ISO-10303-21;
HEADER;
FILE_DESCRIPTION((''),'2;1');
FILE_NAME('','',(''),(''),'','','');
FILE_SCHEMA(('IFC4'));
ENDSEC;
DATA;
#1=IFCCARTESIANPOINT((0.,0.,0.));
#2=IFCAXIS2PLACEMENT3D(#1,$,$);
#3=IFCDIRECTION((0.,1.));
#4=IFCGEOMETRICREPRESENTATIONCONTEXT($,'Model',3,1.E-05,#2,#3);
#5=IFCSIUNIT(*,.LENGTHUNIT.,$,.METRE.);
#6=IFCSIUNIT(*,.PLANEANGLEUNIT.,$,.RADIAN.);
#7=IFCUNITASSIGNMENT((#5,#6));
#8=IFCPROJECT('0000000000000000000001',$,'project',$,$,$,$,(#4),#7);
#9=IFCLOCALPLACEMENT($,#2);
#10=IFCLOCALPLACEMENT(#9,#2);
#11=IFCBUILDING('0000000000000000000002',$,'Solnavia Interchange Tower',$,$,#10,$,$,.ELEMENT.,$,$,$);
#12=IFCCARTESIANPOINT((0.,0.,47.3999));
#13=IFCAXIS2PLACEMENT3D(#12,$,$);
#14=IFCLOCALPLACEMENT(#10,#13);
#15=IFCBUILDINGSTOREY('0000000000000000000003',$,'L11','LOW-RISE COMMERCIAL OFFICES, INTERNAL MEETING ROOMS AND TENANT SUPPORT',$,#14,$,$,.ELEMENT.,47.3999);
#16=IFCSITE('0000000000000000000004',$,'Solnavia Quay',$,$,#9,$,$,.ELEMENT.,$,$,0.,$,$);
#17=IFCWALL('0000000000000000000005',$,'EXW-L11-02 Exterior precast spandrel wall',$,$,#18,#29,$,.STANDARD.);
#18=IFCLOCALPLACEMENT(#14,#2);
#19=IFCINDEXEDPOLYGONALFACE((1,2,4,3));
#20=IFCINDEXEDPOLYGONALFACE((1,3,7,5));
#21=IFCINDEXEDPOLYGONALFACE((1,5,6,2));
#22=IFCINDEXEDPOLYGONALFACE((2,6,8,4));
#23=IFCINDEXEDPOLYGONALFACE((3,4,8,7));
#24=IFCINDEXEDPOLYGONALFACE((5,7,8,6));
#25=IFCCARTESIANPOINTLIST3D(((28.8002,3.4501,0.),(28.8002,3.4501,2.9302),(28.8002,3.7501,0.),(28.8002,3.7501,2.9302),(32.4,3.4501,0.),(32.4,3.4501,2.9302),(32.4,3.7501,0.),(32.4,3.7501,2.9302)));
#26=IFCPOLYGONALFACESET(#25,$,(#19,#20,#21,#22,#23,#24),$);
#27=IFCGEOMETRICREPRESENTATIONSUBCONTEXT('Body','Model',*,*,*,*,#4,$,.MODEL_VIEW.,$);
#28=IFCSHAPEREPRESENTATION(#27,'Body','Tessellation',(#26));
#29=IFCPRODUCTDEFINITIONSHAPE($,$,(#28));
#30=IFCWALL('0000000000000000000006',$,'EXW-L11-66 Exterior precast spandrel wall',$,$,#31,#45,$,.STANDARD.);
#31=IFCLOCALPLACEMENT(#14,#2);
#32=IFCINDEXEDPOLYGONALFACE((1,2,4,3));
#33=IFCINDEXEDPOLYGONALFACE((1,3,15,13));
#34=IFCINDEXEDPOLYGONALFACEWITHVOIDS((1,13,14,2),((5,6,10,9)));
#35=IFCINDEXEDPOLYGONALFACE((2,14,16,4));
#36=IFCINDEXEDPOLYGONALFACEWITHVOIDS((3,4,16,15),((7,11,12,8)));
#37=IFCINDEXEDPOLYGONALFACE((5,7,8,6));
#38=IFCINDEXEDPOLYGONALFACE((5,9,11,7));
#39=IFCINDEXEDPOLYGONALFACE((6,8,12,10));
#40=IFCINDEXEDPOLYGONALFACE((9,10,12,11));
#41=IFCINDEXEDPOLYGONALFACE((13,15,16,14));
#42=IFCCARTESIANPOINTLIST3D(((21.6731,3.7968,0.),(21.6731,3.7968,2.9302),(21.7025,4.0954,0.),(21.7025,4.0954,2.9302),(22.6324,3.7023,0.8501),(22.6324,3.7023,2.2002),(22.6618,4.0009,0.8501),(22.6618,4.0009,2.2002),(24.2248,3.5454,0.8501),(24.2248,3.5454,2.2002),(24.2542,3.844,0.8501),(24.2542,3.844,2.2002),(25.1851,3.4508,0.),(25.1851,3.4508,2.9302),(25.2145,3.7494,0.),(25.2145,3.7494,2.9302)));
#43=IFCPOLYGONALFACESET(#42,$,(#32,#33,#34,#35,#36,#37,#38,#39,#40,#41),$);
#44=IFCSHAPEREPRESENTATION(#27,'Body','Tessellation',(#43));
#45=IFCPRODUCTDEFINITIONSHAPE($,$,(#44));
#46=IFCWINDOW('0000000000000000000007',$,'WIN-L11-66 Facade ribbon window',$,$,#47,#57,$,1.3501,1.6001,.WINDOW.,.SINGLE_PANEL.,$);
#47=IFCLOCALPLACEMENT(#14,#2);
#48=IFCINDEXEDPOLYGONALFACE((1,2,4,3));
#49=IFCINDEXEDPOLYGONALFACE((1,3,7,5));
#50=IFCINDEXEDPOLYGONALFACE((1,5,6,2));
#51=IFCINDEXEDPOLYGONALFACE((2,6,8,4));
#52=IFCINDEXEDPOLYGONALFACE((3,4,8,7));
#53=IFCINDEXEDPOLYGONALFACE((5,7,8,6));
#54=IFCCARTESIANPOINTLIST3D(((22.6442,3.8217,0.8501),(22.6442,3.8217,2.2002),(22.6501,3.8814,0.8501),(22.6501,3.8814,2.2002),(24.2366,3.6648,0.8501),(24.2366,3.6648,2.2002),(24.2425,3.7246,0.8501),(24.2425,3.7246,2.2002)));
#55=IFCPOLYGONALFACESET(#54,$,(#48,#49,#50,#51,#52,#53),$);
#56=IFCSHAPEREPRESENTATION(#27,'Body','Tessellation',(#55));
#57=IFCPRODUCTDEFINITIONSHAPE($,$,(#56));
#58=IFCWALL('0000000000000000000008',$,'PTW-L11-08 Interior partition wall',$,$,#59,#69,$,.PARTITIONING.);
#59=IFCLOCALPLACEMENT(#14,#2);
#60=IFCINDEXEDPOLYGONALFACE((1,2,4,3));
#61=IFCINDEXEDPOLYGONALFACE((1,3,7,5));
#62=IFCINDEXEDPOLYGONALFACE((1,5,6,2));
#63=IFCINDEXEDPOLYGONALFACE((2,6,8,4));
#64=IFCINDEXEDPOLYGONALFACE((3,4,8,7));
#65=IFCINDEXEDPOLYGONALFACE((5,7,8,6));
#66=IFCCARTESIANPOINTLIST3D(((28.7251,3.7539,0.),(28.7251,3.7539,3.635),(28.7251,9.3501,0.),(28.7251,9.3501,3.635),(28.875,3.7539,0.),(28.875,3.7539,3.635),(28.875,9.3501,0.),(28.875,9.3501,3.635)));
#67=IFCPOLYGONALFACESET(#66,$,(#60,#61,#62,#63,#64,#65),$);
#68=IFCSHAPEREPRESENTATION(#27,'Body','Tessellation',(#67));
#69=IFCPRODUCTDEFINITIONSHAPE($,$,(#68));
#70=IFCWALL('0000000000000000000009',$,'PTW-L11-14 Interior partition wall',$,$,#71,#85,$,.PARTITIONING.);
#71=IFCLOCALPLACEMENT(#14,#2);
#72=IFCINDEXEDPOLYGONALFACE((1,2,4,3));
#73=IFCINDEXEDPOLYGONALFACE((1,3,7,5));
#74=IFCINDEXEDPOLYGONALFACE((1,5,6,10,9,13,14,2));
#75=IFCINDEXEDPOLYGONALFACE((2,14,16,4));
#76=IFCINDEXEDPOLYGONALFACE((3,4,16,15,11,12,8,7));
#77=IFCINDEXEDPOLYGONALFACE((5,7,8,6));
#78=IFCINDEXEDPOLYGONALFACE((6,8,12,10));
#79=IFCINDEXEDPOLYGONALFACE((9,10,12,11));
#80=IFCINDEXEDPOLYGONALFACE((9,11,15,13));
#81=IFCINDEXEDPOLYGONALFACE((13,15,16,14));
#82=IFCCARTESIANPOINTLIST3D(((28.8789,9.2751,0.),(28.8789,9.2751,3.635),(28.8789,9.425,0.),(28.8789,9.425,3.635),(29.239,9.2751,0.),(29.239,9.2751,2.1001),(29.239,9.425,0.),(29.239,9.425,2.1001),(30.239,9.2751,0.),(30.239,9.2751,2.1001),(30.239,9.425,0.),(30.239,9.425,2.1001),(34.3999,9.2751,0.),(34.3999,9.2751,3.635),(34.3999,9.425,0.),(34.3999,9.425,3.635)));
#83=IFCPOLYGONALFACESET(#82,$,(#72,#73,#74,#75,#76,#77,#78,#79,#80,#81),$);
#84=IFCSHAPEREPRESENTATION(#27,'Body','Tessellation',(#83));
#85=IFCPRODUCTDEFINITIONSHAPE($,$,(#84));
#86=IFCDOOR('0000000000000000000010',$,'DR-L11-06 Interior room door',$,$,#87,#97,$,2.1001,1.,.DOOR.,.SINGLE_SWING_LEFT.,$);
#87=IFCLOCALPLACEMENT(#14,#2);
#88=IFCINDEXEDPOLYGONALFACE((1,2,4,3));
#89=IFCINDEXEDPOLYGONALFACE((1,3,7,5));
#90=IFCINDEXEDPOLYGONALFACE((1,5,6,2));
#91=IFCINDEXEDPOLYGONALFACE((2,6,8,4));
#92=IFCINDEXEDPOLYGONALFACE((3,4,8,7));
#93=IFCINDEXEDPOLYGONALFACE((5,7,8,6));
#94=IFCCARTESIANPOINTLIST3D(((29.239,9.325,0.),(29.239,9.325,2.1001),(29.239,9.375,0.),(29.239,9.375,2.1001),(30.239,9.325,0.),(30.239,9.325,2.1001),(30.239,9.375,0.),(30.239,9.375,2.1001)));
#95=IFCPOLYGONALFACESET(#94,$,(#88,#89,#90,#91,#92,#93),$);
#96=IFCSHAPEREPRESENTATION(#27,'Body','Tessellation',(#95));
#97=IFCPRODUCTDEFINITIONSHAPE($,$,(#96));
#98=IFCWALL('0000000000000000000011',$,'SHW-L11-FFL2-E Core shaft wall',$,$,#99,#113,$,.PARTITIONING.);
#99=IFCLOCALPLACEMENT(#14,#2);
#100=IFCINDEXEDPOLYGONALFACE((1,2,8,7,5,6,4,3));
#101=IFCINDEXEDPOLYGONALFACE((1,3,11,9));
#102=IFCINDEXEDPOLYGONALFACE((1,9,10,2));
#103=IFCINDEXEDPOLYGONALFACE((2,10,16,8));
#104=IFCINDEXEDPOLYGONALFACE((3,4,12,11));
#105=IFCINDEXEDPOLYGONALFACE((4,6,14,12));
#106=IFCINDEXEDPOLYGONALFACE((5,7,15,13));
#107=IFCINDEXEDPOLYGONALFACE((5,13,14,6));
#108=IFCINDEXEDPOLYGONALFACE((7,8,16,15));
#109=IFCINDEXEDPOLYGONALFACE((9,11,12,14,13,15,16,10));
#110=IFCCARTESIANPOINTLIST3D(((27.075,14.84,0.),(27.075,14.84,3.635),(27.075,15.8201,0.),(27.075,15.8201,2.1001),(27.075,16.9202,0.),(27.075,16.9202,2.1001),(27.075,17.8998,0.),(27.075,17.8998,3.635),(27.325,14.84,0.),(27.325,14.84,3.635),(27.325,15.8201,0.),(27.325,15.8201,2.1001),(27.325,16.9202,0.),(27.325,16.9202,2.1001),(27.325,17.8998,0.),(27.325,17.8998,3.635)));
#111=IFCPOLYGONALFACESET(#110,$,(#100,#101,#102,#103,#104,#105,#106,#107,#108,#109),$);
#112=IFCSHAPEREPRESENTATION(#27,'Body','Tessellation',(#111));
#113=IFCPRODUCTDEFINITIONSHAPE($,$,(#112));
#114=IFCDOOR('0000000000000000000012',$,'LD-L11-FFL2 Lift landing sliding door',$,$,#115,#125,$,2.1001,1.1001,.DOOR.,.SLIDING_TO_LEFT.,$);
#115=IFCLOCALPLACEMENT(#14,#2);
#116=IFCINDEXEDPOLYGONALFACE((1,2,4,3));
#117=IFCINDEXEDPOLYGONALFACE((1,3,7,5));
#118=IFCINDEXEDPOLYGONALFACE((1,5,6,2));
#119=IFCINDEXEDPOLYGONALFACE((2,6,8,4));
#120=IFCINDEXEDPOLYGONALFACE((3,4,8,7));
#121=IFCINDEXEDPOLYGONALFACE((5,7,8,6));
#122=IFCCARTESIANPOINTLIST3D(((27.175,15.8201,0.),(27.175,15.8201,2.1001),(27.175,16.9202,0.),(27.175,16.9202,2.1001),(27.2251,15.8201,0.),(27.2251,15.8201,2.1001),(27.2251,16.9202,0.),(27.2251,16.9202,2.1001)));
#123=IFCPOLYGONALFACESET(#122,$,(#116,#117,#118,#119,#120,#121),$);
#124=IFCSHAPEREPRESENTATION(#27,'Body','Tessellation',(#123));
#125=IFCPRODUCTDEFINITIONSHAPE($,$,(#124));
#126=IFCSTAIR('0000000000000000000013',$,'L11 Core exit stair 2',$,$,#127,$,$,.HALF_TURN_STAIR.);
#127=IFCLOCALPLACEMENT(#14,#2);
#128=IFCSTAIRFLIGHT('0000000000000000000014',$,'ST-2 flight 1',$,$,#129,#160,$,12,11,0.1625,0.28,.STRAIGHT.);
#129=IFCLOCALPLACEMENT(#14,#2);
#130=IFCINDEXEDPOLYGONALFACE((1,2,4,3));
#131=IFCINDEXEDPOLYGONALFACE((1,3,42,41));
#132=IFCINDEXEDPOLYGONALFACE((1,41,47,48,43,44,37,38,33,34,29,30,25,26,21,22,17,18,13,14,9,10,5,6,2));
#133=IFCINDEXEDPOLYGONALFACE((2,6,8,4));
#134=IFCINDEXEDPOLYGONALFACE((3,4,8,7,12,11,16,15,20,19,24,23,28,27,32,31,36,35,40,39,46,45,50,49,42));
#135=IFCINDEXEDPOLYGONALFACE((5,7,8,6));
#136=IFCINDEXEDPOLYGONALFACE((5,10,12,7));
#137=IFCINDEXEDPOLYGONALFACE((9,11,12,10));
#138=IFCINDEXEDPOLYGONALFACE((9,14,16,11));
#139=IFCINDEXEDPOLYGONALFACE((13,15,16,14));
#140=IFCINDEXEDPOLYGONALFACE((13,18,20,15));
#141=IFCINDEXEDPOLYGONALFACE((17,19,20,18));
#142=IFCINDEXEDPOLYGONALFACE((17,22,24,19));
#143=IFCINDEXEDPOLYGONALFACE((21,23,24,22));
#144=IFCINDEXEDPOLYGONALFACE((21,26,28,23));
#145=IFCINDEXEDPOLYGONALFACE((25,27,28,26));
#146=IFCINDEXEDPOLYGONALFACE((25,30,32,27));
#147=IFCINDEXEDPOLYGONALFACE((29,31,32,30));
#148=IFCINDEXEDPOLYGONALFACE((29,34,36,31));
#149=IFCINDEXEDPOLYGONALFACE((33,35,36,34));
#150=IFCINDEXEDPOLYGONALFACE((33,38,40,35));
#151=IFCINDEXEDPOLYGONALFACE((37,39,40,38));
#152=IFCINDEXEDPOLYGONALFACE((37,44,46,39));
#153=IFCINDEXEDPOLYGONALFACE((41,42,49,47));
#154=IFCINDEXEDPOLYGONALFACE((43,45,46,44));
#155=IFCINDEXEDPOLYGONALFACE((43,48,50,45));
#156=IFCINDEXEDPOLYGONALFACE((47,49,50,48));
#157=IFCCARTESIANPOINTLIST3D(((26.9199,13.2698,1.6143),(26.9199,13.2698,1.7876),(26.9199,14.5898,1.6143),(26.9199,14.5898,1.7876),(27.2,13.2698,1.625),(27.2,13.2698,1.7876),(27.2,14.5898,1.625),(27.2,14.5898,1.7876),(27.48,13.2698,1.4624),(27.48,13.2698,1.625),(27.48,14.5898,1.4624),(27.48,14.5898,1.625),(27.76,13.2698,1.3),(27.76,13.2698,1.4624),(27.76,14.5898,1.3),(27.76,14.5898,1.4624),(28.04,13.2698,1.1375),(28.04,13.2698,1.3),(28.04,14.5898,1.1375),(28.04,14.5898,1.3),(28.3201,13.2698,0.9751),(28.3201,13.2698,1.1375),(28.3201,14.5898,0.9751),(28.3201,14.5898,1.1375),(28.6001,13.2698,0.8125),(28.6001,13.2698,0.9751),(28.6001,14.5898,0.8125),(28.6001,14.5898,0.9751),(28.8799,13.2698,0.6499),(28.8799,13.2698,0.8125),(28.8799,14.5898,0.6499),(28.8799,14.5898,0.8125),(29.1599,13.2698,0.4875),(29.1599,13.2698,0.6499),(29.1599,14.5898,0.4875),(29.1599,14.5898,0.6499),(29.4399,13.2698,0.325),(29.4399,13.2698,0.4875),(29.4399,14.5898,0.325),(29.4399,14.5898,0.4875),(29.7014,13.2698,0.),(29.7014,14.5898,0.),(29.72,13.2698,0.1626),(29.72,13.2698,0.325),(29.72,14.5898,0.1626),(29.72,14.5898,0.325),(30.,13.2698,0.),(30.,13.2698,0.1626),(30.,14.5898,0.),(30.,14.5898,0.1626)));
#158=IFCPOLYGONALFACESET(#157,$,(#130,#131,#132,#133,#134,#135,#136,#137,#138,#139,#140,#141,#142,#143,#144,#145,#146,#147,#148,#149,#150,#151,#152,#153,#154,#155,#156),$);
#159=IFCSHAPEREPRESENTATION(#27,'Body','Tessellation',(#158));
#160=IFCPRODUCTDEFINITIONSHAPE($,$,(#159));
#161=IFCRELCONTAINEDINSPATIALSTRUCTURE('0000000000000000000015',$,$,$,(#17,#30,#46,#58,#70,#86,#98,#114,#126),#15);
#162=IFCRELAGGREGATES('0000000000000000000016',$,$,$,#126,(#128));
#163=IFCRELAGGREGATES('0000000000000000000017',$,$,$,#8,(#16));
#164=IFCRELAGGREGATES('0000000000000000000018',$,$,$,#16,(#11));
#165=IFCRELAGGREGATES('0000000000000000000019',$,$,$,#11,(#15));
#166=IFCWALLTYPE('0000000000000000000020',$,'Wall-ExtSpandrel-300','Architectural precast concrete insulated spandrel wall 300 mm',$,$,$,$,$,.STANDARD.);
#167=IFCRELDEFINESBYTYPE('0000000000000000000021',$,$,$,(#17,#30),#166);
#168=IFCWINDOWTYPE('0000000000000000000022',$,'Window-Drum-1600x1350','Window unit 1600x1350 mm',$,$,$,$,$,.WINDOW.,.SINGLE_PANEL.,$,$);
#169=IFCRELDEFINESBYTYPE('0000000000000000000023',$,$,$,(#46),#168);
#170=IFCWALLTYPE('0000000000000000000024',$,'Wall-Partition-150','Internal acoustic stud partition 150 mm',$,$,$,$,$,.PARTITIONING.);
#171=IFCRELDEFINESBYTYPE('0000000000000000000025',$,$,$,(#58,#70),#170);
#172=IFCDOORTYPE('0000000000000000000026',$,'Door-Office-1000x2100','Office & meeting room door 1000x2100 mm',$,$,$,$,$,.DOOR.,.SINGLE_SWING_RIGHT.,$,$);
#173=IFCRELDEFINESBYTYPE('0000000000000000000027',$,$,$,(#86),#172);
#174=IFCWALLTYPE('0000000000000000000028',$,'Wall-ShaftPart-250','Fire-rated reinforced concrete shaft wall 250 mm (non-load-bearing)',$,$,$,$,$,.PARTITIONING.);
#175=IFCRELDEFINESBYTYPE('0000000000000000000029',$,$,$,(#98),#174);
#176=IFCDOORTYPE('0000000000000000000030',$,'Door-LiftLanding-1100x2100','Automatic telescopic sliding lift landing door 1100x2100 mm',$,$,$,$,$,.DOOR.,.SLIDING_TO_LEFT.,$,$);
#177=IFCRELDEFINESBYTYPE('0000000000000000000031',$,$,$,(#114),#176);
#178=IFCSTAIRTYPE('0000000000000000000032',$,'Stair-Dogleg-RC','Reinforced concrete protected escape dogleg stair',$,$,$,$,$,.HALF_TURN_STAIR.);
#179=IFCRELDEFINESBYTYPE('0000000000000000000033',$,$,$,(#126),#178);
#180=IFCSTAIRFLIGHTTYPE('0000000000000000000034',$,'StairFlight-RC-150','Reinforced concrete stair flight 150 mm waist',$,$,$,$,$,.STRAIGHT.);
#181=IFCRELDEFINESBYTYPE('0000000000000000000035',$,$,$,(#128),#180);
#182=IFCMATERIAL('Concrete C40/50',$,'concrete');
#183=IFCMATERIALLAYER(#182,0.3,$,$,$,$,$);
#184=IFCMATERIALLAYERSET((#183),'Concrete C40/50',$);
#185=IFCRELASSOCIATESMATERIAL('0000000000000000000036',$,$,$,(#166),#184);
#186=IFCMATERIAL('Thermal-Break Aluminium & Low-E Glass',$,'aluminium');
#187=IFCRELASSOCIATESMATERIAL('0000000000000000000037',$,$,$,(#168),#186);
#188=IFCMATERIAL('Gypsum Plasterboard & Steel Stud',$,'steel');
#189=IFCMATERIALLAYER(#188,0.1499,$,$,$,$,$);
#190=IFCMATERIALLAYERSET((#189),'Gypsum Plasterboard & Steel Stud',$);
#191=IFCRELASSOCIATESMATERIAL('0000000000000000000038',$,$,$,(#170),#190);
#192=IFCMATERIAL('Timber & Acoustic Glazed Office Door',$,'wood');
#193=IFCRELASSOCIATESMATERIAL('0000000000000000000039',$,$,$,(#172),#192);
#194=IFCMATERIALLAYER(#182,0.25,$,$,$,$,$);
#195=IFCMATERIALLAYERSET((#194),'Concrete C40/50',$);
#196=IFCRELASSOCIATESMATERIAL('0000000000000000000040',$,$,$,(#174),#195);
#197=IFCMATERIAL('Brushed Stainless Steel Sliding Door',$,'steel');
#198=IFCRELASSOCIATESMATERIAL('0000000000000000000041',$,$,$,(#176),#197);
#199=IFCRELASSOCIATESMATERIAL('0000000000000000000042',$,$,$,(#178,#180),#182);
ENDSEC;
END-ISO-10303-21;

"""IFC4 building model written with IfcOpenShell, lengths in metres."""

from ifc_helpers import new_model, si_unit, direction, frame, frame_2d, origin, place, context, subcontext, project, spatial, polyline, rectangle, outline, extrude, material, layer, layer_set, type_object, element, fill, aggregate, save


model = new_model("IFC4")

# Units and contexts
model_context = context("Model", 3, precision=1e-05, world=origin(), true_north=direction((0.0, 1.0)))
body_context = subcontext(model_context, "Body", "Model", "MODEL_VIEW")
ifc_project = project(units=[si_unit("LENGTHUNIT", "METRE"), si_unit("PLANEANGLEUNIT", "RADIAN")], contexts=[model_context])

# Site, building, storey
site_placement = place(None, origin())
site = spatial("IfcSite", under=ifc_project, at=site_placement, Name="Solnavia Quay", CompositionType="ELEMENT", RefElevation=0.0)
building_placement = place(site_placement, origin())
building = spatial("IfcBuilding", under=site, at=building_placement, Name="Solnavia Interchange Tower", CompositionType="ELEMENT")
storey_placement = place(building_placement, frame((0.0, 0.0, 47.3999)))
storey = spatial("IfcBuildingStorey", under=building, at=storey_placement, Name="L11", Description="LOW-RISE COMMERCIAL OFFICES, INTERNAL MEETING ROOMS AND TENANT SUPPORT", CompositionType="ELEMENT", Elevation=47.3999)

# Shared definitions
ifc_material_1 = material(Name="Concrete C40/50", Category="concrete")
ifc_layer_1 = layer(ifc_material_1, 0.3)
ifc_layer_set_1 = layer_set([ifc_layer_1], Name="Concrete C40/50")
wall_type_1 = type_object("IfcWallType", Name="Wall-ExtSpandrel-300", Description="Architectural precast concrete insulated spandrel wall 300 mm", PredefinedType="STANDARD", material=ifc_layer_set_1)
ifc_material_2 = material(Name="Thermal-Break Aluminium & Low-E Glass", Category="aluminium")

# Wall
wall_1_placement = place(storey_placement, frame((32.3999, 3.6001, 0.0), z_axis=(0.0, 0.0, 1.0), x_axis=(-1.0, 0.0, 0.0)))
element("IfcWall", 1, at=wall_1_placement, inside=storey, type_object=wall_type_1, Name="EXW-L11-02 Exterior precast spandrel wall", PredefinedType="STANDARD", context=body_context, shape_type="SweptSolid", body=[
    extrude(rectangle(XDim=3.5999, YDim=0.3, at=frame_2d((1.7998, 0.0))), origin(), (0.0, 0.0, 1.0), 2.9302),
])

# Wall, opening, window
wall_2_placement = place(storey_placement, frame((25.2, 3.6001, 0.0), z_axis=(0.0, 0.0, 1.0), x_axis=(-0.995183, 0.098031, 0.0)))
wall_2 = element("IfcWall", 2, at=wall_2_placement, inside=storey, type_object=wall_type_1, Name="EXW-L11-66 Exterior precast spandrel wall", PredefinedType="STANDARD", context=body_context, shape_type="SweptSolid", body=[
    extrude(rectangle(XDim=3.5291, YDim=0.3, at=frame_2d((1.7646, 0.0))), origin(), (0.0, 0.0, 1.0), 2.9302),
])
opening_1_placement = place(wall_2_placement, frame((0.9651, 0.0, 0.8501)))
opening_1 = element("IfcOpeningElement", 3, at=opening_1_placement, cuts=wall_2, PredefinedType="OPENING", context=body_context, shape_type="SweptSolid", body=[
    extrude(rectangle(XDim=1.6001, YDim=1.3501, at=frame_2d((0.8, 0.675))), frame((0.0, 0.1602, 0.0), z_axis=(0.0, -1.0, 0.0), x_axis=(1.0, 0.0, 0.0)), (0.0, 0.0, 1.0), 0.3201),
])
window_type_1 = type_object("IfcWindowType", Name="Window-Drum-1600x1350", Description="Window unit 1600x1350 mm", PartitioningType="SINGLE_PANEL", PredefinedType="WINDOW", material=ifc_material_2)
window_1_placement = place(opening_1_placement, origin())
window_1 = element("IfcWindow", 4, at=window_1_placement, inside=storey, type_object=window_type_1, Name="WIN-L11-66 Facade ribbon window", OverallHeight=1.3501, OverallWidth=1.6001, PartitioningType="SINGLE_PANEL", PredefinedType="WINDOW", context=body_context, shape_type="SweptSolid", body=[
    extrude(rectangle(XDim=1.6001, YDim=1.3501, at=frame_2d((0.8, 0.675))), frame((0.0, 0.03, 0.0), z_axis=(0.0, -1.0, 0.0), x_axis=(1.0, 0.0, 0.0)), (0.0, 0.0, 1.0), 0.0601),
])
fill(opening_1, window_1)

# Wall
ifc_material_3 = material(Name="Gypsum Plasterboard & Steel Stud", Category="steel")
ifc_layer_2 = layer(ifc_material_3, 0.1499)
ifc_layer_set_2 = layer_set([ifc_layer_2], Name="Gypsum Plasterboard & Steel Stud")
wall_type_2 = type_object("IfcWallType", Name="Wall-Partition-150", Description="Internal acoustic stud partition 150 mm", PredefinedType="PARTITIONING", material=ifc_layer_set_2)
wall_3_placement = place(storey_placement, frame((28.8, 9.3501, 0.0), z_axis=(0.0, 0.0, 1.0), x_axis=(0.0, -1.0, 0.0)))
element("IfcWall", 5, at=wall_3_placement, inside=storey, type_object=wall_type_2, Name="PTW-L11-08 Interior partition wall", PredefinedType="PARTITIONING", context=body_context, shape_type="SweptSolid", body=[
    extrude(rectangle(XDim=5.5962, YDim=0.1499, at=frame_2d((2.7981, 0.0))), origin(), (0.0, 0.0, 1.0), 3.635),
])

# Walls, openings, doors
wall_4_placement = place(storey_placement, frame((28.8789, 9.3501, 0.0), z_axis=(0.0, 0.0, 1.0), x_axis=(1.0, 0.0, 0.0)))
wall_4 = element("IfcWall", 6, at=wall_4_placement, inside=storey, type_object=wall_type_2, Name="PTW-L11-14 Interior partition wall", PredefinedType="PARTITIONING", context=body_context, shape_type="SweptSolid", body=[
    extrude(rectangle(XDim=5.521, YDim=0.1499, at=frame_2d((2.7605, 0.0))), origin(), (0.0, 0.0, 1.0), 3.635),
])
opening_2_placement = place(wall_4_placement, frame((0.3601, 0.0, 0.0)))
opening_2 = element("IfcOpeningElement", 7, at=opening_2_placement, cuts=wall_4, PredefinedType="OPENING", context=body_context, shape_type="SweptSolid", body=[
    extrude(rectangle(XDim=1.0, YDim=2.1001, at=frame_2d((0.5, 1.05))), frame((0.0, 0.085, 0.0), z_axis=(0.0, -1.0, 0.0), x_axis=(1.0, 0.0, 0.0)), (0.0, 0.0, 1.0), 0.1699),
])
ifc_material_4 = material(Name="Timber & Acoustic Glazed Office Door", Category="wood")
door_type_1 = type_object("IfcDoorType", Name="Door-Office-1000x2100", Description="Office & meeting room door 1000x2100 mm", OperationType="SINGLE_SWING_RIGHT", PredefinedType="DOOR", material=ifc_material_4)
door_1_placement = place(opening_2_placement, origin())
door_1 = element("IfcDoor", 8, at=door_1_placement, inside=storey, type_object=door_type_1, Name="DR-L11-06 Interior room door", OperationType="SINGLE_SWING_LEFT", OverallHeight=2.1001, OverallWidth=1.0, PredefinedType="DOOR", context=body_context, shape_type="SweptSolid", body=[
    extrude(rectangle(XDim=1.0, YDim=2.1001, at=frame_2d((0.5, 1.05))), frame((0.0, 0.0249, 0.0), z_axis=(0.0, -1.0, 0.0), x_axis=(1.0, 0.0, 0.0)), (0.0, 0.0, 1.0), 0.05),
])
fill(opening_2, door_1)
ifc_layer_3 = layer(ifc_material_1, 0.25)
ifc_layer_set_3 = layer_set([ifc_layer_3], Name="Concrete C40/50")
wall_type_3 = type_object("IfcWallType", Name="Wall-ShaftPart-250", Description="Fire-rated reinforced concrete shaft wall 250 mm (non-load-bearing)", PredefinedType="PARTITIONING", material=ifc_layer_set_3)
wall_5_placement = place(storey_placement, frame((27.2, 14.8401, 0.0), z_axis=(0.0, 0.0, 1.0), x_axis=(0.0, 1.0, 0.0)))
wall_5 = element("IfcWall", 9, at=wall_5_placement, inside=storey, type_object=wall_type_3, Name="SHW-L11-FFL2-E Core shaft wall", PredefinedType="PARTITIONING", context=body_context, shape_type="SweptSolid", body=[
    extrude(rectangle(XDim=3.0598, YDim=0.25, at=frame_2d((1.5298, 0.0))), origin(), (0.0, 0.0, 1.0), 3.635),
])
opening_3_placement = place(wall_5_placement, frame((0.98, 0.0, 0.0)))
opening_3 = element("IfcOpeningElement", 10, at=opening_3_placement, cuts=wall_5, PredefinedType="OPENING", context=body_context, shape_type="SweptSolid", body=[
    extrude(rectangle(XDim=1.1001, YDim=2.1001, at=frame_2d((0.55, 1.05))), frame((0.0, 0.135, 0.0), z_axis=(0.0, -1.0, 0.0), x_axis=(1.0, 0.0, 0.0)), (0.0, 0.0, 1.0), 0.27),
])
ifc_material_5 = material(Name="Brushed Stainless Steel Sliding Door", Category="steel")
door_type_2 = type_object("IfcDoorType", Name="Door-LiftLanding-1100x2100", Description="Automatic telescopic sliding lift landing door 1100x2100 mm", OperationType="SLIDING_TO_LEFT", PredefinedType="DOOR", material=ifc_material_5)
door_2_placement = place(opening_3_placement, origin())
door_2 = element("IfcDoor", 11, at=door_2_placement, inside=storey, type_object=door_type_2, Name="LD-L11-FFL2 Lift landing sliding door", OperationType="SLIDING_TO_LEFT", OverallHeight=2.1001, OverallWidth=1.1001, PredefinedType="DOOR", context=body_context, shape_type="SweptSolid", body=[
    extrude(rectangle(XDim=1.1001, YDim=2.1001, at=frame_2d((0.55, 1.05))), frame((0.0, 0.0249, 0.0), z_axis=(0.0, -1.0, 0.0), x_axis=(1.0, 0.0, 0.0)), (0.0, 0.0, 1.0), 0.05),
])
fill(opening_3, door_2)

# Stair, stair flight
stair_type = type_object("IfcStairType", Name="Stair-Dogleg-RC", Description="Reinforced concrete protected escape dogleg stair", PredefinedType="HALF_TURN_STAIR", material=ifc_material_1)
stair_placement = place(storey_placement, origin())
stair = element("IfcStair", 12, at=stair_placement, inside=storey, type_object=stair_type, Name="L11 Core exit stair 2", PredefinedType="HALF_TURN_STAIR")
stair_flight_type = type_object("IfcStairFlightType", Name="StairFlight-RC-150", Description="Reinforced concrete stair flight 150 mm waist", PredefinedType="STRAIGHT", material=ifc_material_1)
stair_flight_1_placement = place(storey_placement, frame((30.0, 13.9299, 0.0), z_axis=(0.0, 0.0, 1.0), x_axis=(-1.0, 0.0, 0.0)))
stair_flight_1 = element("IfcStairFlight", 13, at=stair_flight_1_placement, type_object=stair_flight_type, Name="ST-2 flight 1", NumberOfRisers=12, NumberOfTreads=11, PredefinedType="STRAIGHT", RiserHeight=0.1625, TreadLength=0.28, context=body_context, shape_type="SweptSolid", body=[
    extrude(outline(polyline([(0.0, 0.0), (0.0, 0.1626), (0.28, 0.1626), (0.28, 0.325), (0.5601, 0.325), (0.5601, 0.4875), (0.8401, 0.4875), (0.8401, 0.6499), (1.1201, 0.6499), (1.1201, 0.8125), (1.3999, 0.8125), (1.3999, 0.9751), (1.6799, 0.9751), (1.6799, 1.1375), (1.96, 1.1375), (1.96, 1.3), (2.24, 1.3), (2.24, 1.4624), (2.52, 1.4624), (2.52, 1.625), (2.8, 1.625), (2.8, 1.7876), (3.0801, 1.7876), (3.0801, 1.95), (3.0801, 1.6143), (0.2986, 0.0), (0.0, 0.0)])), frame((0.0, 0.6602, 0.0), z_axis=(0.0, -1.0, 0.0), x_axis=(1.0, 0.0, 0.0)), (0.0, 0.0, 1.0), 1.3201),
])
aggregate(stair, [stair_flight_1])

save(model, "model.ifc")
